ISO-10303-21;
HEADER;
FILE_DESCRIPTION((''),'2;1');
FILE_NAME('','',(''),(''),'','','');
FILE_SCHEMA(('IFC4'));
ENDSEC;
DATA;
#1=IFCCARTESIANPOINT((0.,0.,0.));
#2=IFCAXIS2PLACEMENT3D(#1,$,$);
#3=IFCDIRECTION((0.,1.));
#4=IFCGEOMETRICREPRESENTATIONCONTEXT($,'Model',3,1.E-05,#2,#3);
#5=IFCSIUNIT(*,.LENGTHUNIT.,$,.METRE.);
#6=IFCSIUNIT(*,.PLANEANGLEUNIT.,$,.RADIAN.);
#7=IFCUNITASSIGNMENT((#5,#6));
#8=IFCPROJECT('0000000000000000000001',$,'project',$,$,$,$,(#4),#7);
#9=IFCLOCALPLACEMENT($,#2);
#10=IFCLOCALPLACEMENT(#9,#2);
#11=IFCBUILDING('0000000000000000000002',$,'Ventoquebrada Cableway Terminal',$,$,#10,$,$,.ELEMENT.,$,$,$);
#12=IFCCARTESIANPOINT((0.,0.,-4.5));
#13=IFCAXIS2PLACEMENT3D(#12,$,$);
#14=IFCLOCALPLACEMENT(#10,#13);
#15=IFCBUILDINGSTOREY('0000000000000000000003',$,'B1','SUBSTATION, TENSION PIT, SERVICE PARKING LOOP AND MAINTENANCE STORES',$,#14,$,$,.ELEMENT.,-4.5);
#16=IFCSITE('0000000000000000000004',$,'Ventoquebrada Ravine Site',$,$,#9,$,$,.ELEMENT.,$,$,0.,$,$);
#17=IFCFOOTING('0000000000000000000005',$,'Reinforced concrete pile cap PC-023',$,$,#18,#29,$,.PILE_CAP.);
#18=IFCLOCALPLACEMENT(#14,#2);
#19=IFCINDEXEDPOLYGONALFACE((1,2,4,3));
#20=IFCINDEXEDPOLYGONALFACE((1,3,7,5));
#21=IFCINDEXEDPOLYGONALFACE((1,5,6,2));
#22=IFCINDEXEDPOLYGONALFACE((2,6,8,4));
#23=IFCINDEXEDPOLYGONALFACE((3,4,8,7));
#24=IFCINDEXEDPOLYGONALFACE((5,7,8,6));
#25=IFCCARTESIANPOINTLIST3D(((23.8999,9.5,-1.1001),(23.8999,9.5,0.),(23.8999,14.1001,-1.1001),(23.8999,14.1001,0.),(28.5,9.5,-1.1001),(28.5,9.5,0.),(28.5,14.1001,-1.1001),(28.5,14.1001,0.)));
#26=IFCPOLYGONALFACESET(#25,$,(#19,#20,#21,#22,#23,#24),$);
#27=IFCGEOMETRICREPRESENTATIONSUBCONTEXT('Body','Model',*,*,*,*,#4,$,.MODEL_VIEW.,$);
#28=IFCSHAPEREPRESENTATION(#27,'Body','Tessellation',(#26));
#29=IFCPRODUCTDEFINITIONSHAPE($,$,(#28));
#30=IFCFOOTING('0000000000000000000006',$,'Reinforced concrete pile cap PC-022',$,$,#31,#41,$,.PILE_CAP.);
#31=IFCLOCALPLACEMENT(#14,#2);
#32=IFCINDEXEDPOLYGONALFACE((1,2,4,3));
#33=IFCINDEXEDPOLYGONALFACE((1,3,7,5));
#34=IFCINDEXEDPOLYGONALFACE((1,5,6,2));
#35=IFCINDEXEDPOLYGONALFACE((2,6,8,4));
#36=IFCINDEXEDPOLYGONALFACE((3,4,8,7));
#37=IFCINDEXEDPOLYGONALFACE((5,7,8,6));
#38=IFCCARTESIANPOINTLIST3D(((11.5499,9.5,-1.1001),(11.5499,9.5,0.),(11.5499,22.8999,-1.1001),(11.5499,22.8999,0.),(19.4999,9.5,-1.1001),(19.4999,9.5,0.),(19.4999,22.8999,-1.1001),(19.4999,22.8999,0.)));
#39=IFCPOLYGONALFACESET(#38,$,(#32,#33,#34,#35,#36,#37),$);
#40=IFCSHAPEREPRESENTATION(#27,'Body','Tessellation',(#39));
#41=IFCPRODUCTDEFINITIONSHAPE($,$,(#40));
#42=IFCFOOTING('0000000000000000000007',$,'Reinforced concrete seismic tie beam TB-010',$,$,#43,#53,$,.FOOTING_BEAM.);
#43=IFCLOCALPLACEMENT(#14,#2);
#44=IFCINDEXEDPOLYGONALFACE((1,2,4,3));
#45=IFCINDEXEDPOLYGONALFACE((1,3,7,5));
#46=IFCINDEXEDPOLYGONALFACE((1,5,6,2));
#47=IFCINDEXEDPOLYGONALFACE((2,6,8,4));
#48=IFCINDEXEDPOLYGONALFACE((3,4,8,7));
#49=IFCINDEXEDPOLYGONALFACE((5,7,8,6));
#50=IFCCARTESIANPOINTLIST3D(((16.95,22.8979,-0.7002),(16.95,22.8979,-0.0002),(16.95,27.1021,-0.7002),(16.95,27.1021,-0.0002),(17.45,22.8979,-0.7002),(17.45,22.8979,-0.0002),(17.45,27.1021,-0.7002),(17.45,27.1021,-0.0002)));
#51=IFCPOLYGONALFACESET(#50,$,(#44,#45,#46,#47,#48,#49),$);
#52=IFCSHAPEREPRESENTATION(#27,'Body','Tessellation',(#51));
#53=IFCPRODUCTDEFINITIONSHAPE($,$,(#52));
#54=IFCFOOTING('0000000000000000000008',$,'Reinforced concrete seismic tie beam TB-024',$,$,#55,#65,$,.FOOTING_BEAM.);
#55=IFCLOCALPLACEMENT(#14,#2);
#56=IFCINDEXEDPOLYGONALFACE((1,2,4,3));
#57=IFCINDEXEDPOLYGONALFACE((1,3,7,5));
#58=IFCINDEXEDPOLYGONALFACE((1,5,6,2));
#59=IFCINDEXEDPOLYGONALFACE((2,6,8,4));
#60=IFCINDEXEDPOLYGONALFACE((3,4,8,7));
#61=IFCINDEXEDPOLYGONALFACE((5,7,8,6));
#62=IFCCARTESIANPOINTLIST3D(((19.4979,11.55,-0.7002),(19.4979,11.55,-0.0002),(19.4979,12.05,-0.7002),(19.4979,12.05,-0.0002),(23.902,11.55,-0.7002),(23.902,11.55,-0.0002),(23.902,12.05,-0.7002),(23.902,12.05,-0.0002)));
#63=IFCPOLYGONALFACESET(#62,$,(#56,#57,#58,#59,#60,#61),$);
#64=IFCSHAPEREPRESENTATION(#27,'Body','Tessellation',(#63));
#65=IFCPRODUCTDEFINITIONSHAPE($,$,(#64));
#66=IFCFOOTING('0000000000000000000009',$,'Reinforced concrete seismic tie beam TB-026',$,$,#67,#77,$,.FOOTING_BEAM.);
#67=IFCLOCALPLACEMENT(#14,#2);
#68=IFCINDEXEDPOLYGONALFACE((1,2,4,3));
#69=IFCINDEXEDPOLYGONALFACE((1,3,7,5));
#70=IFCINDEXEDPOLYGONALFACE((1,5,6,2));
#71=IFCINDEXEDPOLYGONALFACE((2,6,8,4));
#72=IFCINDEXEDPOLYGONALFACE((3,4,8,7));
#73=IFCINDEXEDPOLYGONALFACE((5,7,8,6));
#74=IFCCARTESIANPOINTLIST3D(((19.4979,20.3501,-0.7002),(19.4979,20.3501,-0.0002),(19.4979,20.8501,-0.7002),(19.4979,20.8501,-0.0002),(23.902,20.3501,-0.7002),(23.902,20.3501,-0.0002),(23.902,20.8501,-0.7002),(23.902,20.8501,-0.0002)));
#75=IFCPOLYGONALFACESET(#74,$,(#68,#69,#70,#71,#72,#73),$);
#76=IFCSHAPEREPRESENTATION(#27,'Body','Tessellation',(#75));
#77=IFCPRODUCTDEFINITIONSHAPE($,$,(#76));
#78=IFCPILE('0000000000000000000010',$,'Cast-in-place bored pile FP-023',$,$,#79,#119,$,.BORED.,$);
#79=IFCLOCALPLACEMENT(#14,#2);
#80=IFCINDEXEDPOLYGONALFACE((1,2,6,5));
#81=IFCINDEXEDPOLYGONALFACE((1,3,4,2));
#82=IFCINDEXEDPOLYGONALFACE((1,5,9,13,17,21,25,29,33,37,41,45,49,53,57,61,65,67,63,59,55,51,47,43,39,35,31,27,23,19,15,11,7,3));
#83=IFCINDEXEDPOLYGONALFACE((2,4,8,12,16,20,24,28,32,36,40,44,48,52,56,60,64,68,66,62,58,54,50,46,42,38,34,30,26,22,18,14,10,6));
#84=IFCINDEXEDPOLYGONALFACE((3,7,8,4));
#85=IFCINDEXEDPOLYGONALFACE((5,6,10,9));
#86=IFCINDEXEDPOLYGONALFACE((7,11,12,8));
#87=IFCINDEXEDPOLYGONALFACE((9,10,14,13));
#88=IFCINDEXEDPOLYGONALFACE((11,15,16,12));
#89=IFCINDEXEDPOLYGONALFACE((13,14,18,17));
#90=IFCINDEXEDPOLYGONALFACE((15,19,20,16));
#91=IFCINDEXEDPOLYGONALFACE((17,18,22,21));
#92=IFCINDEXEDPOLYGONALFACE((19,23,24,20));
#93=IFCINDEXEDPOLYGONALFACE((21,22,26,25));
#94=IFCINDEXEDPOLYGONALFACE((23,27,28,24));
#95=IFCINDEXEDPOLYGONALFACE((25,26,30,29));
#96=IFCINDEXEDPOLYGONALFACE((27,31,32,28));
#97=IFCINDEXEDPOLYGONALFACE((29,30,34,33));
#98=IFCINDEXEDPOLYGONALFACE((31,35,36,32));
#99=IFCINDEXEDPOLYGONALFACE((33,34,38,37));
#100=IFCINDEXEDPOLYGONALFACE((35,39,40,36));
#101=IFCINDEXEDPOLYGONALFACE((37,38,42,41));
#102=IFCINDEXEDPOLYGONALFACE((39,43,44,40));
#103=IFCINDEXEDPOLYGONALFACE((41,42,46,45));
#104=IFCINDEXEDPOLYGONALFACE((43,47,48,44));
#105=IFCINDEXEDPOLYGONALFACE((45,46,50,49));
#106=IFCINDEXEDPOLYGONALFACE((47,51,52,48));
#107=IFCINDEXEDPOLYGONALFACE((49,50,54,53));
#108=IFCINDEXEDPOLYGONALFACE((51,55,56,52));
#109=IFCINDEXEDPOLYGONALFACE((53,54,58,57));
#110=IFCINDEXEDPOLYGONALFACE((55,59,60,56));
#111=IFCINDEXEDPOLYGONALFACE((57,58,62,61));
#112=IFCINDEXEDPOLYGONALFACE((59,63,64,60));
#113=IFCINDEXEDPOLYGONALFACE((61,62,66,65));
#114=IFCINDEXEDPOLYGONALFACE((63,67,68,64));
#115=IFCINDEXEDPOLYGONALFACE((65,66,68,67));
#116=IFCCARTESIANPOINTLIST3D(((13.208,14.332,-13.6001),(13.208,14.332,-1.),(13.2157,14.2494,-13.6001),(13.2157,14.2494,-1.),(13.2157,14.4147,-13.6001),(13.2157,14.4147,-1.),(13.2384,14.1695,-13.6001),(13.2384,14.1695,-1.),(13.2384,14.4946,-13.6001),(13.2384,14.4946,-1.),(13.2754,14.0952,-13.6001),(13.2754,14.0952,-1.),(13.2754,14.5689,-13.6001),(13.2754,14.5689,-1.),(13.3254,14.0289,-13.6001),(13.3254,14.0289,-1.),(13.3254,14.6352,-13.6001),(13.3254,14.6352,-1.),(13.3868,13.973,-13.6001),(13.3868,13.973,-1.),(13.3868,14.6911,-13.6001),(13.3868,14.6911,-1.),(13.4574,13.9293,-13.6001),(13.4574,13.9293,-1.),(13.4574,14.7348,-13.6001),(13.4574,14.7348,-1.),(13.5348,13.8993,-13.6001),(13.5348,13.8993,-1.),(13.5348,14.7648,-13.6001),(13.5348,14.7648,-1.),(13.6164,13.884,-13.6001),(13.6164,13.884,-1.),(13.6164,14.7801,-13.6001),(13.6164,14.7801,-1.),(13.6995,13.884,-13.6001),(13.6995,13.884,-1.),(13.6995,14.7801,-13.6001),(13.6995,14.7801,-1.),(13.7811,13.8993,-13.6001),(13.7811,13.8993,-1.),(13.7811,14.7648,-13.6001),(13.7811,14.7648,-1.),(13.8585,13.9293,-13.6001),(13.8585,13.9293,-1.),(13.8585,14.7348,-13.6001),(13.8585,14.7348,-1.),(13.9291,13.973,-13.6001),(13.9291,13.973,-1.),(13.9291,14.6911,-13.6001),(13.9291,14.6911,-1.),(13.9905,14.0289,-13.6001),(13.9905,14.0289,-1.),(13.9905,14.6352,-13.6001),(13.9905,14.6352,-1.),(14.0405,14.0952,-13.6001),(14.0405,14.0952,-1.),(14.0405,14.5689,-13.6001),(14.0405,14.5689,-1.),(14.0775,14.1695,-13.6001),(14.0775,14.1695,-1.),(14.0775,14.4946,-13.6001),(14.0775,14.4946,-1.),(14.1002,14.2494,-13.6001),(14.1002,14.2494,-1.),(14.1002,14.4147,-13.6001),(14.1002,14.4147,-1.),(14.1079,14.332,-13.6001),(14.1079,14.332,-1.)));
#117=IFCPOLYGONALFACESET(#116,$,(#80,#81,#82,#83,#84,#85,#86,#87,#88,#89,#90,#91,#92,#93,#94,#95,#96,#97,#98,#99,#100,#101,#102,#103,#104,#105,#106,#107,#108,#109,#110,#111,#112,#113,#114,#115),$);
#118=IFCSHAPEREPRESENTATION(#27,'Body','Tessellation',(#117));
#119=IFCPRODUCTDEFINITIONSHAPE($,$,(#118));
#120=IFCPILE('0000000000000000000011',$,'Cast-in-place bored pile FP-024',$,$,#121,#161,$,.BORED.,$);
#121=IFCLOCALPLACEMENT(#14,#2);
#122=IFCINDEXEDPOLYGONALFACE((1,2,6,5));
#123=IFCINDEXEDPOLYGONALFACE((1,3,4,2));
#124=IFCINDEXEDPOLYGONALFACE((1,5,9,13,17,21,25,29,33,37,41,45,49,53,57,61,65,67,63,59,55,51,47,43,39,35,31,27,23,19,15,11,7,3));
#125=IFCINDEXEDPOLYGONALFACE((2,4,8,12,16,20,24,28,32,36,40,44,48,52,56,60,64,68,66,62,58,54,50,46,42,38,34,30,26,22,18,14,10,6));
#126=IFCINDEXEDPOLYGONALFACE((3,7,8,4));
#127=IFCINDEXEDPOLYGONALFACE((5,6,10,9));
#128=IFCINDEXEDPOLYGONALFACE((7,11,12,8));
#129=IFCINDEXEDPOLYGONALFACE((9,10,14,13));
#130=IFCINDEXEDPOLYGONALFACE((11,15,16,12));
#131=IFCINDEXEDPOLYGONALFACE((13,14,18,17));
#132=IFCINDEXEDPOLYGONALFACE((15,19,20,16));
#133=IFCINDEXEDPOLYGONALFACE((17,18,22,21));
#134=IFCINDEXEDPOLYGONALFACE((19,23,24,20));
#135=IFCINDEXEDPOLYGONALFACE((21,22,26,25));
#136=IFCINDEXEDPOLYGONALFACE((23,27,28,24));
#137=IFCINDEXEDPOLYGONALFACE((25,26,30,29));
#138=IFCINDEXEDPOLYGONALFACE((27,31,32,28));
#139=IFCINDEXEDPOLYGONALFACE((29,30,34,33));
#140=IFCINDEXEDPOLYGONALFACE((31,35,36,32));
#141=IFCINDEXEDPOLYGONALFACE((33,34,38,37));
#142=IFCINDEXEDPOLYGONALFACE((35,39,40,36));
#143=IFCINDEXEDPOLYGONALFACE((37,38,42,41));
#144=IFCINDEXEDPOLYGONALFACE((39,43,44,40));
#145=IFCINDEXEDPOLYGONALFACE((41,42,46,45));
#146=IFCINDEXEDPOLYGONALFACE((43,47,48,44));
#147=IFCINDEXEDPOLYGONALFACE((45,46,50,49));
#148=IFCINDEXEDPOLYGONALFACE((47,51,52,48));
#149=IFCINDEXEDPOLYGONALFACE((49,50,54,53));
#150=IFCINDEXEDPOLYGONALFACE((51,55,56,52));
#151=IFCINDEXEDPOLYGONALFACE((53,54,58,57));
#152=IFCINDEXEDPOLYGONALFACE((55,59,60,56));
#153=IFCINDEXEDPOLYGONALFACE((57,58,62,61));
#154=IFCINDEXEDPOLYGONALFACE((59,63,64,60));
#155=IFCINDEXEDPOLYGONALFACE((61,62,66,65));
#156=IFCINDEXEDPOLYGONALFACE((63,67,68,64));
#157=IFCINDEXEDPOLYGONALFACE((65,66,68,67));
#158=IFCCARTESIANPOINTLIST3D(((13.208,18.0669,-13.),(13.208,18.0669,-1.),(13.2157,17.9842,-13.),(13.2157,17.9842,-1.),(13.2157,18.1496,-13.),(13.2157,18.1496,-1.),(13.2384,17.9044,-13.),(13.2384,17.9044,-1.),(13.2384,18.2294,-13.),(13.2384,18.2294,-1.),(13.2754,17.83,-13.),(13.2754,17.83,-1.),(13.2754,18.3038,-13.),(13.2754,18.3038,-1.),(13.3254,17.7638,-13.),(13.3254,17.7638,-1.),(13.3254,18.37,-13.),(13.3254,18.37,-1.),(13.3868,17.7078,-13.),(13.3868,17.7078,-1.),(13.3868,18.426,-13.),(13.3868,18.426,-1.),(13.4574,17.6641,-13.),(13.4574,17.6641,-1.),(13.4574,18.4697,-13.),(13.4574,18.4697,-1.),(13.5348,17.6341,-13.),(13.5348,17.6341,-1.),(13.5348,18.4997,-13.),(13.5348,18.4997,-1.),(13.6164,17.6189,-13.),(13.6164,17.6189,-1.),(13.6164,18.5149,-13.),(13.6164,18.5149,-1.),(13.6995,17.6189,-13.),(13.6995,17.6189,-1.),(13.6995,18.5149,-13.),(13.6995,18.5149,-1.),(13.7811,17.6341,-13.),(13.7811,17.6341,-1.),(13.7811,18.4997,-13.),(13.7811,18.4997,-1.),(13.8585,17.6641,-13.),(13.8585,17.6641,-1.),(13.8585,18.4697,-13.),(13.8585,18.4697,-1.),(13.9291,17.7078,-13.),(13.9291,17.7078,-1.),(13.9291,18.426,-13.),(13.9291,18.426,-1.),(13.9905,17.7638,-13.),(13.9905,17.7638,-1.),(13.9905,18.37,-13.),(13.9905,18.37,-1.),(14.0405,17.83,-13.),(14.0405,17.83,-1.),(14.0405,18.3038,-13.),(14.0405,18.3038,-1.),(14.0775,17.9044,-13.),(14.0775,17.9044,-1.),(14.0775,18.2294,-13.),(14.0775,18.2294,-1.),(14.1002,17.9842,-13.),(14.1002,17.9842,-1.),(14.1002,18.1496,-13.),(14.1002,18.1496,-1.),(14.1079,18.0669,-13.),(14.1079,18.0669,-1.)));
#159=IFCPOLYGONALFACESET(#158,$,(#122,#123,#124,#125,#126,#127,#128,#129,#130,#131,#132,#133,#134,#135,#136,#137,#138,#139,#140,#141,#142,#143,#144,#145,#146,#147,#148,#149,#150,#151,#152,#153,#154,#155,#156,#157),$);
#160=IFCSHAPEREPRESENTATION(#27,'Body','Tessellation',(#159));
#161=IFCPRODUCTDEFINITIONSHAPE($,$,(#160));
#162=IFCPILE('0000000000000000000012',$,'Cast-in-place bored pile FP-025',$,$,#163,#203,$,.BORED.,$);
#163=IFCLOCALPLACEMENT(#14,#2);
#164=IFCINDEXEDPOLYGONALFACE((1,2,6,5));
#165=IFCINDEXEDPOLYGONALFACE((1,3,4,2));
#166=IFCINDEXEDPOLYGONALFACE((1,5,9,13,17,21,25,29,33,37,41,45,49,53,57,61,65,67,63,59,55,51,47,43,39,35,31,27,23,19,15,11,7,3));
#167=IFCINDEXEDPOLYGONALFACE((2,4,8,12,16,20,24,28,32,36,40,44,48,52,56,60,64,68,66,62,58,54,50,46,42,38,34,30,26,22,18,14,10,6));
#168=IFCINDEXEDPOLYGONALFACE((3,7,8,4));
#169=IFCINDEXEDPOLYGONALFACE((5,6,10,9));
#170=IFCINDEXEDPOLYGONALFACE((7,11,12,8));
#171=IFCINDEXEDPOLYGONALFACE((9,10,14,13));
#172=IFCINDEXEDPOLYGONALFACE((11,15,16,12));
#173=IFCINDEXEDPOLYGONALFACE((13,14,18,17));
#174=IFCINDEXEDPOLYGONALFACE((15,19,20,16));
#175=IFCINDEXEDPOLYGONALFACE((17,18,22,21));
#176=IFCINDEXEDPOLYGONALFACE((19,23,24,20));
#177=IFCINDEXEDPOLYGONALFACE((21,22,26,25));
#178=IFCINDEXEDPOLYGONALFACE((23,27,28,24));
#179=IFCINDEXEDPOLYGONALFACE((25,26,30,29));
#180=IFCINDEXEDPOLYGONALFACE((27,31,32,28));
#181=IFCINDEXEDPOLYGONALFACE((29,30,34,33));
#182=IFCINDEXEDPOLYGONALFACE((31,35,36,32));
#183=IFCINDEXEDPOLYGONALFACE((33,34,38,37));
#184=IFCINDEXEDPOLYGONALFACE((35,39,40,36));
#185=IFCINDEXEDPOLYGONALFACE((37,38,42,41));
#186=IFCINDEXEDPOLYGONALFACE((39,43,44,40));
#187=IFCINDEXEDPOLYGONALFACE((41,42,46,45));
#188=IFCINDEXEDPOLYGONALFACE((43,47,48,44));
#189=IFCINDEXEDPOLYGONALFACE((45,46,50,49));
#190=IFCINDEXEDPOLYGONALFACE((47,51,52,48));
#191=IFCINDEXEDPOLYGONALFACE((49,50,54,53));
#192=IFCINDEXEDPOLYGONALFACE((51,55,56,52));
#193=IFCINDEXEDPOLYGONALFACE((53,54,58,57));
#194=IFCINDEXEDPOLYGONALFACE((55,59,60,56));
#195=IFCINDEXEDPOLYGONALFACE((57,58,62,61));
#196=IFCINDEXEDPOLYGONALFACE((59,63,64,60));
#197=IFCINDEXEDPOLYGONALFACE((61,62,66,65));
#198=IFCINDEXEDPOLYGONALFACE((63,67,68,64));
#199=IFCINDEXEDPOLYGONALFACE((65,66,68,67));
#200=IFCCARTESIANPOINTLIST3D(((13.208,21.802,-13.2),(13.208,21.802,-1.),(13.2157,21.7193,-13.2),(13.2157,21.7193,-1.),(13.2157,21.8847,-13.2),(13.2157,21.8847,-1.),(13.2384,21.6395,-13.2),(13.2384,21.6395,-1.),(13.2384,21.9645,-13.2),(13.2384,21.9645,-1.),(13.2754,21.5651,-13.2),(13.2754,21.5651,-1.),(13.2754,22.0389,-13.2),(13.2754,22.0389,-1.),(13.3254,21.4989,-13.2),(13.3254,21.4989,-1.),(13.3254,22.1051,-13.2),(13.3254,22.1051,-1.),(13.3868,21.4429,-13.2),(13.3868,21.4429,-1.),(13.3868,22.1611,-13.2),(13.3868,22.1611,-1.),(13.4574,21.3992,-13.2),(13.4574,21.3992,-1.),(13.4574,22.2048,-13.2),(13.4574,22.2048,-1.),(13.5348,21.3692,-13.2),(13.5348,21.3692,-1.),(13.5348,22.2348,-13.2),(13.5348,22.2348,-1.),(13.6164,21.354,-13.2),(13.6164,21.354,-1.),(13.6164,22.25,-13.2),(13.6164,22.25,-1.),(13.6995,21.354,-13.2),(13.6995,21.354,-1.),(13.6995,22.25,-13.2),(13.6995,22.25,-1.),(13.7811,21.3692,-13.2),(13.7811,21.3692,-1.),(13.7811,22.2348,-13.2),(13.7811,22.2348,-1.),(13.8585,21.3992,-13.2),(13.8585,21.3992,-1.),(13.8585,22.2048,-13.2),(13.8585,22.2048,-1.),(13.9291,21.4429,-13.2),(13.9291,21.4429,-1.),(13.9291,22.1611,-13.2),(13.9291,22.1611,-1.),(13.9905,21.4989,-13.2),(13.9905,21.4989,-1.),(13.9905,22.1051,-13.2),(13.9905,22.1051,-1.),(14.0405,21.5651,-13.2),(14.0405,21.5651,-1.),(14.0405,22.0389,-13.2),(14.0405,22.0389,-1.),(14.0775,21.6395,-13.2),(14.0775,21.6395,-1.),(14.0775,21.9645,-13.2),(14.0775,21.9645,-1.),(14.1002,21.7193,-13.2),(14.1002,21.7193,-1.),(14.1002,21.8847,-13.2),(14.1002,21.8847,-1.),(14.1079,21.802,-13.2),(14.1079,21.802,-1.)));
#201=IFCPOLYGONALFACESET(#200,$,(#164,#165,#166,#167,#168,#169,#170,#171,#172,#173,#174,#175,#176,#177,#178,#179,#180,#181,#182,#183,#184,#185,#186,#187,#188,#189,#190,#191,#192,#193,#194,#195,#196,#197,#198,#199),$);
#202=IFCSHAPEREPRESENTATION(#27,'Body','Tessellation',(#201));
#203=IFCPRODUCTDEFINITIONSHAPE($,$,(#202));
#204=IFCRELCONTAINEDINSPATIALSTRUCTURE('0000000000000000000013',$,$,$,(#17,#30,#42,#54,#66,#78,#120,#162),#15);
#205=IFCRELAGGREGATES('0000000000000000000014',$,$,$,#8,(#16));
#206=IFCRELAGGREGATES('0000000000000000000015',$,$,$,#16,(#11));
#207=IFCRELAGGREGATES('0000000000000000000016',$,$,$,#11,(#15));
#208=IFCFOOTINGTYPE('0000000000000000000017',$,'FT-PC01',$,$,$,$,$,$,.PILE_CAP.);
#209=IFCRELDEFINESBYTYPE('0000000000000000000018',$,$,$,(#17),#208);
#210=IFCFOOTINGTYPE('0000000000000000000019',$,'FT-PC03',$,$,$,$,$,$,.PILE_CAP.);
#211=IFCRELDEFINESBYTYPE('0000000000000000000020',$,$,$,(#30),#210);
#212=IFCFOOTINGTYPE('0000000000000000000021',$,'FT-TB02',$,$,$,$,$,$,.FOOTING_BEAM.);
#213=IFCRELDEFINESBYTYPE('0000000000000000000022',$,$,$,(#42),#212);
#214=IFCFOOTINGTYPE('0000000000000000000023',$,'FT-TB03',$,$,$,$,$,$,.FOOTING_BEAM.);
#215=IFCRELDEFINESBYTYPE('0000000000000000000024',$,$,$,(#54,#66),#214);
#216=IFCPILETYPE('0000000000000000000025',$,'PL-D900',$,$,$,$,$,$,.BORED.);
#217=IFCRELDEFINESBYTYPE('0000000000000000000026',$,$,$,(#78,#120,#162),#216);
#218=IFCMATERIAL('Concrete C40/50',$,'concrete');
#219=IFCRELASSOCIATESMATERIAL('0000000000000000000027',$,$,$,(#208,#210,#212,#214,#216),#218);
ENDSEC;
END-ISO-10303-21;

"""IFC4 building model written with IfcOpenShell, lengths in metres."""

from ifc_helpers import new_model, si_unit, direction, frame, origin, origin_2d, place, context, subcontext, project, spatial, rectangle, circle, extrude, material, material_profile, profile_set, type_object, element, save


model = new_model("IFC4")

# Units and contexts
model_context = context("Model", 3, precision=1e-05, world=origin(), true_north=direction((0.0, 1.0)))
body_context = subcontext(model_context, "Body", "Model", "MODEL_VIEW")
ifc_project = project(units=[si_unit("LENGTHUNIT", "METRE"), si_unit("PLANEANGLEUNIT", "RADIAN")], contexts=[model_context])

# Site, building, storey
site_placement = place(None, origin())
site = spatial("IfcSite", under=ifc_project, at=site_placement, Name="Ventoquebrada Ravine Site", CompositionType="ELEMENT", RefElevation=0.0)
building_placement = place(site_placement, origin())
building = spatial("IfcBuilding", under=site, at=building_placement, Name="Ventoquebrada Cableway Terminal", CompositionType="ELEMENT")
storey_placement = place(building_placement, frame((0.0, 0.0, -4.5)))
storey = spatial("IfcBuildingStorey", under=building, at=storey_placement, Name="B1", Description="SUBSTATION, TENSION PIT, SERVICE PARKING LOOP AND MAINTENANCE STORES", CompositionType="ELEMENT", Elevation=-4.5)

# Footings
ifc_material_1 = material(Name="Concrete C40/50", Category="concrete")
footing_type_1 = type_object("IfcFootingType", Name="FT-PC01", PredefinedType="PILE_CAP", material=ifc_material_1)
footing_1_placement = place(storey_placement, frame((26.2, 11.8, -1.1001), z_axis=(0.0, 0.0, 1.0), x_axis=(1.0, 0.0, 0.0)))
element("IfcFooting", 1, at=footing_1_placement, inside=storey, type_object=footing_type_1, Name="Reinforced concrete pile cap PC-023", PredefinedType="PILE_CAP", context=body_context, shape_type="SweptSolid", body=[
    extrude(rectangle(XDim=4.6001, YDim=4.6001, at=origin_2d()), origin(), (0.0, 0.0, 1.0), 1.1001),
])
footing_type_2 = type_object("IfcFootingType", Name="FT-PC03", PredefinedType="PILE_CAP", material=ifc_material_1)
footing_2_placement = place(storey_placement, frame((15.5249, 16.2, -1.1001), z_axis=(0.0, 0.0, 1.0), x_axis=(1.0, 0.0, 0.0)))
element("IfcFooting", 2, at=footing_2_placement, inside=storey, type_object=footing_type_2, Name="Reinforced concrete pile cap PC-022", PredefinedType="PILE_CAP", context=body_context, shape_type="SweptSolid", body=[
    extrude(rectangle(XDim=7.95, YDim=13.3999, at=origin_2d()), origin(), (0.0, 0.0, 1.0), 1.1001),
])
footing_type_3 = type_object("IfcFootingType", Name="FT-TB02", PredefinedType="FOOTING_BEAM", material=ifc_material_1)
footing_3_placement = place(storey_placement, frame((17.2, 25.0, -0.7002), z_axis=(0.0, 0.0, 1.0), x_axis=(0.0, 1.0, 0.0)))
element("IfcFooting", 3, at=footing_3_placement, inside=storey, type_object=footing_type_3, Name="Reinforced concrete seismic tie beam TB-010", PredefinedType="FOOTING_BEAM", context=body_context, shape_type="SweptSolid", body=[
    extrude(rectangle(XDim=4.2041, YDim=0.5, at=origin_2d()), origin(), (0.0, 0.0, 1.0), 0.7),
])
footing_type_4 = type_object("IfcFootingType", Name="FT-TB03", PredefinedType="FOOTING_BEAM", material=ifc_material_1)
for number, where, z_axis, x_axis, name in (
    (4, (21.7, 11.8, -0.7002), (0.0, 0.0, 1.0), (1.0, 0.0, 0.0), "Reinforced concrete seismic tie beam TB-024"),
    (5, (21.7, 20.6001, -0.7002), (0.0, 0.0, 1.0), (1.0, 0.0, 0.0), "Reinforced concrete seismic tie beam TB-026"),
):
    element("IfcFooting", number, at=place(storey_placement, frame(where, z_axis=z_axis, x_axis=x_axis)), inside=storey, type_object=footing_type_4, Name=name, PredefinedType="FOOTING_BEAM", context=body_context, shape_type="SweptSolid", body=[
        extrude(rectangle(XDim=4.4041, YDim=0.5, at=origin_2d()), origin(), (0.0, 0.0, 1.0), 0.7),
    ])

# Piles
ifc_material_profile_1 = material_profile(ifc_material_1, circle(Radius=0.45, at=origin_2d()), Name="PILE-D900")
ifc_profile_set_1 = profile_set([ifc_material_profile_1], Name="Concrete C40/50")
pile_type = type_object("IfcPileType", Name="PL-D900", PredefinedType="BORED", material=ifc_profile_set_1)
pile_1_placement = place(storey_placement, frame((13.658, 14.332, -1.0), z_axis=(0.0, 0.0, -1.0), x_axis=(1.0, 0.0, 0.0)))
element("IfcPile", 6, at=pile_1_placement, inside=storey, type_object=pile_type, Name="Cast-in-place bored pile FP-023", PredefinedType="BORED", context=body_context, shape_type="SweptSolid", body=[
    extrude(circle(Radius=0.45, at=origin_2d()), origin(), (0.0, 0.0, 1.0), 12.6001),
])
pile_2_placement = place(storey_placement, frame((13.658, 18.0669, -1.0), z_axis=(0.0, 0.0, -1.0), x_axis=(1.0, 0.0, 0.0)))
element("IfcPile", 7, at=pile_2_placement, inside=storey, type_object=pile_type, Name="Cast-in-place bored pile FP-024", PredefinedType="BORED", context=body_context, shape_type="SweptSolid", body=[
    extrude(circle(Radius=0.45, at=origin_2d()), origin(), (0.0, 0.0, 1.0), 12.0),
])
pile_3_placement = place(storey_placement, frame((13.658, 21.802, -1.0), z_axis=(0.0, 0.0, -1.0), x_axis=(1.0, 0.0, 0.0)))
element("IfcPile", 8, at=pile_3_placement, inside=storey, type_object=pile_type, Name="Cast-in-place bored pile FP-025", PredefinedType="BORED", context=body_context, shape_type="SweptSolid", body=[
    extrude(circle(Radius=0.45, at=origin_2d()), origin(), (0.0, 0.0, 1.0), 12.2),
])

save(model, "model.ifc")
